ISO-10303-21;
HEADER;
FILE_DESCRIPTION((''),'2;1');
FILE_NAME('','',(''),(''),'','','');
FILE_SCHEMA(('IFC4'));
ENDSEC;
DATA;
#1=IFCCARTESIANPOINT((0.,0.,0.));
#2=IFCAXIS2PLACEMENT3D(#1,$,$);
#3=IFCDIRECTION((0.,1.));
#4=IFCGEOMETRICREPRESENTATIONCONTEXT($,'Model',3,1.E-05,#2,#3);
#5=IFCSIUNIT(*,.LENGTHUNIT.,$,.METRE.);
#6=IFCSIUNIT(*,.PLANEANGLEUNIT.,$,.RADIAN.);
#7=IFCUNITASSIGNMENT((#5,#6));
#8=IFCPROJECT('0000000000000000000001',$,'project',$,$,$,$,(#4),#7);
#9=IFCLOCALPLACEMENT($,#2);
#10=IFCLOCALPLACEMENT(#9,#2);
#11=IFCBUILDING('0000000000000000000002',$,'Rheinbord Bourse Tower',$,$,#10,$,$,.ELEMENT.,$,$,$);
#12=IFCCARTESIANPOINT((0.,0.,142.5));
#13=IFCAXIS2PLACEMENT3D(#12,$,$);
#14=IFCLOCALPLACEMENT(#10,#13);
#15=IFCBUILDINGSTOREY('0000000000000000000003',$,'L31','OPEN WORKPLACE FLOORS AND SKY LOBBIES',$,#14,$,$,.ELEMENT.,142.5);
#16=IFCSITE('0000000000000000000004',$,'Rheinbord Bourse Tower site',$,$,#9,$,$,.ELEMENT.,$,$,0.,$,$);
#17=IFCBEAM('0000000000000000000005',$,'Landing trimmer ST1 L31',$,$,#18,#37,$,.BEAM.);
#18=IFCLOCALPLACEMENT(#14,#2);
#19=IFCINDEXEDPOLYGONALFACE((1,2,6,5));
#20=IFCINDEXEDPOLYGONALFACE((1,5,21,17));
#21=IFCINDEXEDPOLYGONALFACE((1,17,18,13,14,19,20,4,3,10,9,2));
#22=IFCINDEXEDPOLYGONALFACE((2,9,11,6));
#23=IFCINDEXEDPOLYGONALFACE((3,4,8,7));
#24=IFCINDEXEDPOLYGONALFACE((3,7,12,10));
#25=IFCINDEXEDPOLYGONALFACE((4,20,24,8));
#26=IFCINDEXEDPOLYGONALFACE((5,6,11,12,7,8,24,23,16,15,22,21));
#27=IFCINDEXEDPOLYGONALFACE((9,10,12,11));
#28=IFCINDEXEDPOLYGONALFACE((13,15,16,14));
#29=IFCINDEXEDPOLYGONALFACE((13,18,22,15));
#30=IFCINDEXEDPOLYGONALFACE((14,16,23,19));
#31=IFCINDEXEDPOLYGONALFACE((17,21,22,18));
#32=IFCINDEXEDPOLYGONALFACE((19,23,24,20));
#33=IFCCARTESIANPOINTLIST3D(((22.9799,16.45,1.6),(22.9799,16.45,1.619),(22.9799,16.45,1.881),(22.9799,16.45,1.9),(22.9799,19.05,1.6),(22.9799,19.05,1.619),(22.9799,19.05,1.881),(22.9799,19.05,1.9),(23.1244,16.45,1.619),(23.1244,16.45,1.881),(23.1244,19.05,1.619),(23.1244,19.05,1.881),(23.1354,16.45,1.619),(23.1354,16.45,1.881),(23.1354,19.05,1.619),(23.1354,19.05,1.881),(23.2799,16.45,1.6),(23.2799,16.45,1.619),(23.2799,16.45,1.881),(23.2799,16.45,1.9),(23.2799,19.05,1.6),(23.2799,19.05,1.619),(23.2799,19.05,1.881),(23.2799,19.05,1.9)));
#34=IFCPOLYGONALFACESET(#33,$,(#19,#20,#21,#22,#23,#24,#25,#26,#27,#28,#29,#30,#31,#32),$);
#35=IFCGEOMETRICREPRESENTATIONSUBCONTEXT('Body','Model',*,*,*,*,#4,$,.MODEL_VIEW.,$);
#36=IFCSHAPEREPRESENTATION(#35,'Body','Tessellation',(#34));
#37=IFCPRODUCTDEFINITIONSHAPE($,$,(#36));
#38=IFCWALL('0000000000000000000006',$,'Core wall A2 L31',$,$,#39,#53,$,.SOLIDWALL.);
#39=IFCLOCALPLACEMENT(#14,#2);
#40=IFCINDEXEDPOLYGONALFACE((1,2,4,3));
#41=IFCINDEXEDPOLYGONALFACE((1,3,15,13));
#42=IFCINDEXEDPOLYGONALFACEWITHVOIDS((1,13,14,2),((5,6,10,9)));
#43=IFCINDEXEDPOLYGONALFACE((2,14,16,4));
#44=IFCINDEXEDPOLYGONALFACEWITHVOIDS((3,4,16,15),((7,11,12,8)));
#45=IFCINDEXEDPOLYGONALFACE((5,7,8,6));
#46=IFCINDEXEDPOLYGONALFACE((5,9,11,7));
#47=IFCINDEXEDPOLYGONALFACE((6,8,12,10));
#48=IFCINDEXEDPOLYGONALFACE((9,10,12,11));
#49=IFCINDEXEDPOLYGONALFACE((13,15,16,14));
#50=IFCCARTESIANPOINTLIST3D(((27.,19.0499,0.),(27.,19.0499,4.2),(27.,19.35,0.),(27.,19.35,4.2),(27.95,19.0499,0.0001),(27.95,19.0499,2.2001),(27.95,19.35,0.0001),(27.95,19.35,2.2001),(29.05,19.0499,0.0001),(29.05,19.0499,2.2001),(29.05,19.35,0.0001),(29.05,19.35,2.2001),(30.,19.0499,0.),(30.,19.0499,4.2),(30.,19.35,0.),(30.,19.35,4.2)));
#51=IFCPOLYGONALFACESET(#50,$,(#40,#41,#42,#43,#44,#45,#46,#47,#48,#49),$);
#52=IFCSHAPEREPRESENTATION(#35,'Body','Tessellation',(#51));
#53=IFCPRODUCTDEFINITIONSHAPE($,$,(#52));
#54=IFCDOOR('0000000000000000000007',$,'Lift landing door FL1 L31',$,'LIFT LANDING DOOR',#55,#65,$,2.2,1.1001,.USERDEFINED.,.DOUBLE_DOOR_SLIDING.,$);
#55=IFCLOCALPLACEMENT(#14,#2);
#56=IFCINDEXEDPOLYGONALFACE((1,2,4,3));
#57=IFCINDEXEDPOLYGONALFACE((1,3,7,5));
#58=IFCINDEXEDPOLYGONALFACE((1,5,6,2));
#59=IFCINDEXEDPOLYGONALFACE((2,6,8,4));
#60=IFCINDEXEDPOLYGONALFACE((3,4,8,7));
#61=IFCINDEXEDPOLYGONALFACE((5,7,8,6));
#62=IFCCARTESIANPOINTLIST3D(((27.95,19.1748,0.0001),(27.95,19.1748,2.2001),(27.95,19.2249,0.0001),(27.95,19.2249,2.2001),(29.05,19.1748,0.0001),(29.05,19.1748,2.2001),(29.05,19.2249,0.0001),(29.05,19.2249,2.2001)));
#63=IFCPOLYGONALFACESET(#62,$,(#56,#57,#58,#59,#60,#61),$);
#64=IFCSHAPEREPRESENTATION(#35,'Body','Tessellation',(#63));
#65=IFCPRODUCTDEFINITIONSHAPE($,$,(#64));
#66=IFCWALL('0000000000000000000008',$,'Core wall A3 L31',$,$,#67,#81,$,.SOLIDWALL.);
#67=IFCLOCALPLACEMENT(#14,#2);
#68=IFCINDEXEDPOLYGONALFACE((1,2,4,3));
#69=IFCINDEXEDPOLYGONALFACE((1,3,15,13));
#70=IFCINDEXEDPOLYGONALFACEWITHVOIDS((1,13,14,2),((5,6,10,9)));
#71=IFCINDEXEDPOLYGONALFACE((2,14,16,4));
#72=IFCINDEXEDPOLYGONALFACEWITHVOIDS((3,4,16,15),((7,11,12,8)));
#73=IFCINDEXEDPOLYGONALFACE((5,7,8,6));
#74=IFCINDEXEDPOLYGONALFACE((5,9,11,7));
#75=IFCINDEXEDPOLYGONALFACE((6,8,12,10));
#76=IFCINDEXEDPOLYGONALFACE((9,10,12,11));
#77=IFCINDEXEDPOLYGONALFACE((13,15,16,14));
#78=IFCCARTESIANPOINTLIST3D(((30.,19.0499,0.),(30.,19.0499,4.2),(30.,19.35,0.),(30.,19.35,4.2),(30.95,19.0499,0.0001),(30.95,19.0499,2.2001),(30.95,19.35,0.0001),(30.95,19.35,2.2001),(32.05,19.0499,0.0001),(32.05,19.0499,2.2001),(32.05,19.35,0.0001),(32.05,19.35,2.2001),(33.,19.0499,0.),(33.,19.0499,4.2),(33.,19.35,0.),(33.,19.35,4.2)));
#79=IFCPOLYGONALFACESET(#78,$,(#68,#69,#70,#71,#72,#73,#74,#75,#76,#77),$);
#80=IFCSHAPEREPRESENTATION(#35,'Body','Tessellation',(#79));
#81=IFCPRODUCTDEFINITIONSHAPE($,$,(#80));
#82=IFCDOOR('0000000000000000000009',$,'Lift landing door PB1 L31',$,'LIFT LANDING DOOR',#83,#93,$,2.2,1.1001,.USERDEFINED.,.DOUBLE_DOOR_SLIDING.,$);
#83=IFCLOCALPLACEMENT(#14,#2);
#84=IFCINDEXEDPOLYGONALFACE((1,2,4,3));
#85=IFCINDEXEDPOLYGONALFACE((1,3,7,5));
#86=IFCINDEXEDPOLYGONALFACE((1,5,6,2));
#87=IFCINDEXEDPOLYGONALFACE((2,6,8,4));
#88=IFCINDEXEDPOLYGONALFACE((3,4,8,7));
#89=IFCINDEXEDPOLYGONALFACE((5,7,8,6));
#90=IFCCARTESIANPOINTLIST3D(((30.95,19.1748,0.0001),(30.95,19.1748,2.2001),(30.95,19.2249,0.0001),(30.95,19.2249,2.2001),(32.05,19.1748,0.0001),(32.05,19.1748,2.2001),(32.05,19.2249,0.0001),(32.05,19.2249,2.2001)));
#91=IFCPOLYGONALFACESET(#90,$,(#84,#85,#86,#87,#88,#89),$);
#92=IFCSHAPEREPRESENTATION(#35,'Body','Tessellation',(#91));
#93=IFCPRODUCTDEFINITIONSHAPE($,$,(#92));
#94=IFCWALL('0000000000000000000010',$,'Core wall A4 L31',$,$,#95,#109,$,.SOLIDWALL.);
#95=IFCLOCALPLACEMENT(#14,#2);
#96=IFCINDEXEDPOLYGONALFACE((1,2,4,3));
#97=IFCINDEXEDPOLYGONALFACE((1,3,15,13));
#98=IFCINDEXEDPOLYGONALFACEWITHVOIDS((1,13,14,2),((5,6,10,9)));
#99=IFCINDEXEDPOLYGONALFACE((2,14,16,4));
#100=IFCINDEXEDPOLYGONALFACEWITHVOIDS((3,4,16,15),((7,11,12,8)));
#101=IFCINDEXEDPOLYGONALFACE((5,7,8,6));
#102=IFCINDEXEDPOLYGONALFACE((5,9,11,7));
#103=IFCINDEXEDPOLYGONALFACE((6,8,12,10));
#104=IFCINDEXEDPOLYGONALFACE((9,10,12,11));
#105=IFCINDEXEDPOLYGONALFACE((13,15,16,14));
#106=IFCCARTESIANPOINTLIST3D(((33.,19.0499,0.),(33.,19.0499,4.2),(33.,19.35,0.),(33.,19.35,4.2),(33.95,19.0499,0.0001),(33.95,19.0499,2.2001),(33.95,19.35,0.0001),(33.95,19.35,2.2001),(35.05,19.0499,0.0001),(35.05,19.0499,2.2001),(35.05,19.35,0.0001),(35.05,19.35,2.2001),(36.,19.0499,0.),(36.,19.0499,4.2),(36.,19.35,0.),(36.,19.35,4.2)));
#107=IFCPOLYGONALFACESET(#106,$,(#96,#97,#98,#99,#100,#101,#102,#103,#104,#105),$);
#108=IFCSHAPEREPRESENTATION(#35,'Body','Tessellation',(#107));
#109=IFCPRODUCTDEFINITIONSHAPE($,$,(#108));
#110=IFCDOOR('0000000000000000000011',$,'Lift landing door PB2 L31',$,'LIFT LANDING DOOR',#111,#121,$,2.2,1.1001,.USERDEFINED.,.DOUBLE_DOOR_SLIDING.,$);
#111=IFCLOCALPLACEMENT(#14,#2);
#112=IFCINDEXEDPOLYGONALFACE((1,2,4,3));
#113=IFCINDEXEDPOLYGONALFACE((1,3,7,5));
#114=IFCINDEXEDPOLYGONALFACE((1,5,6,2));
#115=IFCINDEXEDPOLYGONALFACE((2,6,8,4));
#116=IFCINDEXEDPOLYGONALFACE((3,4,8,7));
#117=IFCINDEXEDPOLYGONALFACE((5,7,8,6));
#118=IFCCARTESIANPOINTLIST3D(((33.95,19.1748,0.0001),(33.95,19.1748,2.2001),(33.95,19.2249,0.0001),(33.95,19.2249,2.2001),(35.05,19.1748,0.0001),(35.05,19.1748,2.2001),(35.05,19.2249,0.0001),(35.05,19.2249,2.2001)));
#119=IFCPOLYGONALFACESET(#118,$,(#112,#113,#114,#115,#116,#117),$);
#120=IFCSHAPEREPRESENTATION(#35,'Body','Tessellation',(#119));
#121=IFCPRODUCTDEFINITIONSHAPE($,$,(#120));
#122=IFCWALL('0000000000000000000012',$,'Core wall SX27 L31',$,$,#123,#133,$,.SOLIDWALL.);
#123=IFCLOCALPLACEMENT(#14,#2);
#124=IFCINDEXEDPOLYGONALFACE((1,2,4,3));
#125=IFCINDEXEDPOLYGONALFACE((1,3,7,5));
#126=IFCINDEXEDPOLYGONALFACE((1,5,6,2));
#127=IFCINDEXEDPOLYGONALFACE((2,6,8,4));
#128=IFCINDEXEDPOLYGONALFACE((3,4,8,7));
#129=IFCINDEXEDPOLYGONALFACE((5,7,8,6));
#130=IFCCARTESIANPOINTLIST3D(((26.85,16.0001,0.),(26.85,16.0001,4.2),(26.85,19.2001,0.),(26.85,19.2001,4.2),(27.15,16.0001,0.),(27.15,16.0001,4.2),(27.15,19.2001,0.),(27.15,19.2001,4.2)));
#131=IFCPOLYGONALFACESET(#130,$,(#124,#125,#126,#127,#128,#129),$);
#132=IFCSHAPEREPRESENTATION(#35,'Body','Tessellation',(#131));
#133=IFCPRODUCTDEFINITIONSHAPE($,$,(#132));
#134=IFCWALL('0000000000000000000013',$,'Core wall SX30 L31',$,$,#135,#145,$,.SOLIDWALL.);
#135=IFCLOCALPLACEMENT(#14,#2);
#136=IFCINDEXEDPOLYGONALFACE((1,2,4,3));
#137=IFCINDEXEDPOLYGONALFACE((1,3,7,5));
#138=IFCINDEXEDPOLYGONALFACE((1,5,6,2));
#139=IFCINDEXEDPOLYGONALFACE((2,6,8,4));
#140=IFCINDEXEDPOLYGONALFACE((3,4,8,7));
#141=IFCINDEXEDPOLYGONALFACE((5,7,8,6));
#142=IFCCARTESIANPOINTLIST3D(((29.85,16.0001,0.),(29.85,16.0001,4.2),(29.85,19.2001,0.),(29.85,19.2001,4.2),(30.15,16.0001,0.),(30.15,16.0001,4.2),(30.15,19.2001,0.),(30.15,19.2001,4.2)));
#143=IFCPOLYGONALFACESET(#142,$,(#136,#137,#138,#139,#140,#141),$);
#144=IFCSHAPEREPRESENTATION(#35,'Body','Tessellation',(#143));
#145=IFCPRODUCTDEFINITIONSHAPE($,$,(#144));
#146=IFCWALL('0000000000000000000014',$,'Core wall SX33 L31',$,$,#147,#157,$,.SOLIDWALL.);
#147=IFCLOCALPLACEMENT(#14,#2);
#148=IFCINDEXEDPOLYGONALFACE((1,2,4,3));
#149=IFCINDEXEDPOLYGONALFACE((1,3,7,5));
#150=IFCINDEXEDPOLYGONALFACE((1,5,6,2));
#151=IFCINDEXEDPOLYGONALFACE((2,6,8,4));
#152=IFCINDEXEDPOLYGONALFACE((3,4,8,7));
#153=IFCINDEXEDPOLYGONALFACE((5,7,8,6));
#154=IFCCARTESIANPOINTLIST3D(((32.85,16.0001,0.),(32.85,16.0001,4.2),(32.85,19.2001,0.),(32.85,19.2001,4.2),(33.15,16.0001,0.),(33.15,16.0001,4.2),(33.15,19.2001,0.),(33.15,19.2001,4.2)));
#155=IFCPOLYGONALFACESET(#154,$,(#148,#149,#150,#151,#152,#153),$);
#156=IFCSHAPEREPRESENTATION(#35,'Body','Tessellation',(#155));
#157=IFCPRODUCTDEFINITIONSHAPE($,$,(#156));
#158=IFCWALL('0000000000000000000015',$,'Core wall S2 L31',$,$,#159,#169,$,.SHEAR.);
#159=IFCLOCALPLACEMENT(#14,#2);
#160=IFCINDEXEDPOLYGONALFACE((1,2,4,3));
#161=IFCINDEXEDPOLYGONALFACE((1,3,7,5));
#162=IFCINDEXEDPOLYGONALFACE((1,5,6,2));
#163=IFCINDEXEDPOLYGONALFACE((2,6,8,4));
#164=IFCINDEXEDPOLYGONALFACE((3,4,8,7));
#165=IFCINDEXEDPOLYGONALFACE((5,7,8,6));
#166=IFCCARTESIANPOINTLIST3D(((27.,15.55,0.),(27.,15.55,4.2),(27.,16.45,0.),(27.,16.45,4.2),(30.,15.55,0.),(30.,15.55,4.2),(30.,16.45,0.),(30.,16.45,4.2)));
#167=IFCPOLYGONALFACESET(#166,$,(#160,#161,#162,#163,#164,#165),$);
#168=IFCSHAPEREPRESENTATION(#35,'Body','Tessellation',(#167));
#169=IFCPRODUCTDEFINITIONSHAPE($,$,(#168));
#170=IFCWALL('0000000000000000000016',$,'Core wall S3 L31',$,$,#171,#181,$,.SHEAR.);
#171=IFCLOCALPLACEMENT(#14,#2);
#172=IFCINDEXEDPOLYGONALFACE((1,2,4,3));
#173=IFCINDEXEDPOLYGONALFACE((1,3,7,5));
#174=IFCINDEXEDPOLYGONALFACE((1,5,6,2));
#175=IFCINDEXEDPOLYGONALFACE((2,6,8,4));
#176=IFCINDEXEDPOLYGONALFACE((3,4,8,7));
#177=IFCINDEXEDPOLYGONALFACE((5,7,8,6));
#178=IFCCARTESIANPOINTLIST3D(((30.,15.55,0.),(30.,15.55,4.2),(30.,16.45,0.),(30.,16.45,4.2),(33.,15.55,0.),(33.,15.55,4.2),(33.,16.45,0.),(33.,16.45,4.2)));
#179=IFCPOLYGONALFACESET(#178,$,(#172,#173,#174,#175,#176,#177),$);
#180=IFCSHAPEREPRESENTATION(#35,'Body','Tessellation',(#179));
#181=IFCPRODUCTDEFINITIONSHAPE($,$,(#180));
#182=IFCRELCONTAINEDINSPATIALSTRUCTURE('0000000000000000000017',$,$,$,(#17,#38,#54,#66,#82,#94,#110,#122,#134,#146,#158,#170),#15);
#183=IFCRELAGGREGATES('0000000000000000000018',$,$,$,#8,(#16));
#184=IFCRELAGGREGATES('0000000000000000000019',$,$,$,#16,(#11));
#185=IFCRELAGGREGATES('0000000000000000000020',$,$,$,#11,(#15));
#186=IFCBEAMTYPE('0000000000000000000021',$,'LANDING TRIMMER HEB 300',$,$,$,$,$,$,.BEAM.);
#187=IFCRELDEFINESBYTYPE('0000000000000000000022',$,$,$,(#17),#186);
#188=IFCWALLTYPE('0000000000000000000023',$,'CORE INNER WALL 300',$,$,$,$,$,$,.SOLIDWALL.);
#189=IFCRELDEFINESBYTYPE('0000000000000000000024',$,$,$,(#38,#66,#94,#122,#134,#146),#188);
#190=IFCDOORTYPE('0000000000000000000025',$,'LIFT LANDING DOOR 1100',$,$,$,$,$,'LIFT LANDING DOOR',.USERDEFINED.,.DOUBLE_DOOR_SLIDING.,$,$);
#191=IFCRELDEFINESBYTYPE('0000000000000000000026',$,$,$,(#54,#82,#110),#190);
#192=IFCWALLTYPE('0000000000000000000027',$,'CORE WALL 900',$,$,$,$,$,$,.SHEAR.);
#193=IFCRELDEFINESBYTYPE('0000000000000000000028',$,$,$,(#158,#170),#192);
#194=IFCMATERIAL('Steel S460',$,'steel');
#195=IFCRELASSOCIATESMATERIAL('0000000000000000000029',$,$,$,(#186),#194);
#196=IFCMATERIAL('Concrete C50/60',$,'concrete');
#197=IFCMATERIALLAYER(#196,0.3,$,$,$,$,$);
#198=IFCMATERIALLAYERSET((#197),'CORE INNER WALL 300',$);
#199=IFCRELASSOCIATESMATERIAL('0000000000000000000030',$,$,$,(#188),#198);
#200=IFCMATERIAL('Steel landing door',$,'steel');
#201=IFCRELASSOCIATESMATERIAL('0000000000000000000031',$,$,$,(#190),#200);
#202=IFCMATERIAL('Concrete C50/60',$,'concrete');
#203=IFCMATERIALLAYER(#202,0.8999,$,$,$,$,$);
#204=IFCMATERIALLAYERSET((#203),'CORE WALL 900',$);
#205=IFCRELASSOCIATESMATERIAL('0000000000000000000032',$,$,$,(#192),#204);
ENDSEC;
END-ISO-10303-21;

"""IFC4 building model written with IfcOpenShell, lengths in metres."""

from ifc_helpers import new_model, si_unit, direction, frame, frame_2d, origin, origin_2d, place, context, subcontext, project, spatial, rectangle, i_section, extrude, material, layer, layer_set, material_profile, profile_set, type_object, element, fill, save


model = new_model("IFC4")

# Units and contexts
model_context = context("Model", 3, precision=1e-05, world=origin(), true_north=direction((0.0, 1.0)))
body_context = subcontext(model_context, "Body", "Model", "MODEL_VIEW")
ifc_project = project(units=[si_unit("LENGTHUNIT", "METRE"), si_unit("PLANEANGLEUNIT", "RADIAN")], contexts=[model_context])

# Site, building, storey
site_placement = place(None, origin())
site = spatial("IfcSite", under=ifc_project, at=site_placement, Name="Rheinbord Bourse Tower site", CompositionType="ELEMENT", RefElevation=0.0)
building_placement = place(site_placement, origin())
building = spatial("IfcBuilding", under=site, at=building_placement, Name="Rheinbord Bourse Tower", CompositionType="ELEMENT")
storey_placement = place(building_placement, frame((0.0, 0.0, 142.5)))
storey = spatial("IfcBuildingStorey", under=building, at=storey_placement, Name="L31", Description="OPEN WORKPLACE FLOORS AND SKY LOBBIES", CompositionType="ELEMENT", Elevation=142.5)

# Beam
ifc_material_1 = material(Name="Steel S460", Category="steel")
ifc_material_profile = material_profile(ifc_material_1, i_section(OverallWidth=0.3, OverallDepth=0.3, WebThickness=0.011, FlangeThickness=0.019, at=origin_2d()), Name="HEB 300")
ifc_profile_set = profile_set([ifc_material_profile], Name="Steel S460")
beam_type = type_object("IfcBeamType", Name="LANDING TRIMMER HEB 300", PredefinedType="BEAM", material=ifc_profile_set)
beam_placement = place(storey_placement, frame((23.1299, 16.45, 1.75), z_axis=(0.0, 1.0, 0.0), x_axis=(-1.0, 0.0, 0.0)))
element("IfcBeam", 1, at=beam_placement, inside=storey, type_object=beam_type, Name="Landing trimmer ST1 L31", PredefinedType="BEAM", context=body_context, shape_type="SweptSolid", body=[
    extrude(i_section(OverallWidth=0.3, OverallDepth=0.3, WebThickness=0.011, FlangeThickness=0.019, at=origin_2d()), origin(), (0.0, 0.0, 1.0), 2.6001),
])

# Walls, openings, doors
ifc_material_2 = material(Name="Concrete C50/60", Category="concrete")
ifc_layer_1 = layer(ifc_material_2, 0.3)
ifc_layer_set_1 = layer_set([ifc_layer_1], Name="CORE INNER WALL 300")
wall_type_1 = type_object("IfcWallType", Name="CORE INNER WALL 300", PredefinedType="SOLIDWALL", material=ifc_layer_set_1)
wall_1_placement = place(storey_placement, frame((27.0, 19.2, 0.0), z_axis=(0.0, 0.0, 1.0), x_axis=(1.0, 0.0, 0.0)))
wall_1 = element("IfcWall", 2, at=wall_1_placement, inside=storey, type_object=wall_type_1, Name="Core wall A2 L31", PredefinedType="SOLIDWALL", context=body_context, shape_type="SweptSolid", body=[
    extrude(rectangle(XDim=3.0, YDim=0.3, at=frame_2d((1.5, 0.0))), origin(), (0.0, 0.0, 1.0), 4.2),
])
opening_1_placement = place(wall_1_placement, frame((0.95, 0.0, 0.0)))
opening_1 = element("IfcOpeningElement", 3, at=opening_1_placement, cuts=wall_1, PredefinedType="OPENING", context=body_context, shape_type="SweptSolid", body=[
    extrude(rectangle(XDim=1.1001, YDim=2.2, at=frame_2d((0.55, 1.1001))), frame((0.0, 0.1599, 0.0), z_axis=(0.0, -1.0, 0.0), x_axis=(1.0, 0.0, 0.0)), (0.0, 0.0, 1.0), 0.3201),
])
ifc_material_3 = material(Name="Steel landing door", Category="steel")
door_type_1 = type_object("IfcDoorType", Name="LIFT LANDING DOOR 1100", ElementType="LIFT LANDING DOOR", OperationType="DOUBLE_DOOR_SLIDING", PredefinedType="USERDEFINED", material=ifc_material_3)
door_1_placement = place(opening_1_placement, origin())
door_1 = element("IfcDoor", 4, at=door_1_placement, inside=storey, type_object=door_type_1, Name="Lift landing door FL1 L31", ObjectType="LIFT LANDING DOOR", OperationType="DOUBLE_DOOR_SLIDING", OverallHeight=2.2, OverallWidth=1.1001, PredefinedType="USERDEFINED", context=body_context, shape_type="SweptSolid", body=[
    extrude(rectangle(XDim=1.1001, YDim=2.2, at=frame_2d((0.55, 1.1001))), frame((0.0, 0.0249, 0.0), z_axis=(0.0, -1.0, 0.0), x_axis=(1.0, 0.0, 0.0)), (0.0, 0.0, 1.0), 0.05),
])
fill(opening_1, door_1)
wall_2_placement = place(storey_placement, frame((30.0, 19.2, 0.0), z_axis=(0.0, 0.0, 1.0), x_axis=(1.0, 0.0, 0.0)))
wall_2 = element("IfcWall", 5, at=wall_2_placement, inside=storey, type_object=wall_type_1, Name="Core wall A3 L31", PredefinedType="SOLIDWALL", context=body_context, shape_type="SweptSolid", body=[
    extrude(rectangle(XDim=3.0, YDim=0.3, at=frame_2d((1.5, 0.0))), origin(), (0.0, 0.0, 1.0), 4.2),
])
opening_2_placement = place(wall_2_placement, frame((0.95, 0.0, 0.0)))
opening_2 = element("IfcOpeningElement", 6, at=opening_2_placement, cuts=wall_2, PredefinedType="OPENING", context=body_context, shape_type="SweptSolid", body=[
    extrude(rectangle(XDim=1.1001, YDim=2.2, at=frame_2d((0.55, 1.1001))), frame((0.0, 0.1599, 0.0), z_axis=(0.0, -1.0, 0.0), x_axis=(1.0, 0.0, 0.0)), (0.0, 0.0, 1.0), 0.3201),
])
door_2_placement = place(opening_2_placement, origin())
door_2 = element("IfcDoor", 7, at=door_2_placement, inside=storey, type_object=door_type_1, Name="Lift landing door PB1 L31", ObjectType="LIFT LANDING DOOR", OperationType="DOUBLE_DOOR_SLIDING", OverallHeight=2.2, OverallWidth=1.1001, PredefinedType="USERDEFINED", context=body_context, shape_type="SweptSolid", body=[
    extrude(rectangle(XDim=1.1001, YDim=2.2, at=frame_2d((0.55, 1.1001))), frame((0.0, 0.0249, 0.0), z_axis=(0.0, -1.0, 0.0), x_axis=(1.0, 0.0, 0.0)), (0.0, 0.0, 1.0), 0.05),
])
fill(opening_2, door_2)
wall_3_placement = place(storey_placement, frame((33.0, 19.2, 0.0), z_axis=(0.0, 0.0, 1.0), x_axis=(1.0, 0.0, 0.0)))
wall_3 = element("IfcWall", 8, at=wall_3_placement, inside=storey, type_object=wall_type_1, Name="Core wall A4 L31", PredefinedType="SOLIDWALL", context=body_context, shape_type="SweptSolid", body=[
    extrude(rectangle(XDim=3.0, YDim=0.3, at=frame_2d((1.5, 0.0))), origin(), (0.0, 0.0, 1.0), 4.2),
])
opening_3_placement = place(wall_3_placement, frame((0.95, 0.0, 0.0)))
opening_3 = element("IfcOpeningElement", 9, at=opening_3_placement, cuts=wall_3, PredefinedType="OPENING", context=body_context, shape_type="SweptSolid", body=[
    extrude(rectangle(XDim=1.1001, YDim=2.2, at=frame_2d((0.55, 1.1001))), frame((0.0, 0.1599, 0.0), z_axis=(0.0, -1.0, 0.0), x_axis=(1.0, 0.0, 0.0)), (0.0, 0.0, 1.0), 0.3201),
])
door_3_placement = place(opening_3_placement, origin())
door_3 = element("IfcDoor", 10, at=door_3_placement, inside=storey, type_object=door_type_1, Name="Lift landing door PB2 L31", ObjectType="LIFT LANDING DOOR", OperationType="DOUBLE_DOOR_SLIDING", OverallHeight=2.2, OverallWidth=1.1001, PredefinedType="USERDEFINED", context=body_context, shape_type="SweptSolid", body=[
    extrude(rectangle(XDim=1.1001, YDim=2.2, at=frame_2d((0.55, 1.1001))), frame((0.0, 0.0249, 0.0), z_axis=(0.0, -1.0, 0.0), x_axis=(1.0, 0.0, 0.0)), (0.0, 0.0, 1.0), 0.05),
])
fill(opening_3, door_3)

# Walls
for number, where, z_axis, x_axis, name in (
    (11, (27.0, 16.0, 0.0), (0.0, 0.0, 1.0), (0.0, 1.0, 0.0), "Core wall SX27 L31"),
    (12, (30.0, 16.0, 0.0), (0.0, 0.0, 1.0), (0.0, 1.0, 0.0), "Core wall SX30 L31"),
    (13, (33.0, 16.0, 0.0), (0.0, 0.0, 1.0), (0.0, 1.0, 0.0), "Core wall SX33 L31"),
):
    element("IfcWall", number, at=place(storey_placement, frame(where, z_axis=z_axis, x_axis=x_axis)), inside=storey, type_object=wall_type_1, Name=name, PredefinedType="SOLIDWALL", context=body_context, shape_type="SweptSolid", body=[
        extrude(rectangle(XDim=3.2, YDim=0.3, at=frame_2d((1.6001, 0.0))), origin(), (0.0, 0.0, 1.0), 4.2),
    ])
ifc_material_4 = material(Name="Concrete C50/60", Category="concrete")
ifc_layer_2 = layer(ifc_material_4, 0.8999)
ifc_layer_set_2 = layer_set([ifc_layer_2], Name="CORE WALL 900")
wall_type_2 = type_object("IfcWallType", Name="CORE WALL 900", PredefinedType="SHEAR", material=ifc_layer_set_2)
for number, where, z_axis, x_axis, name in (
    (14, (27.0, 16.0, 0.0), (0.0, 0.0, 1.0), (1.0, 0.0, 0.0), "Core wall S2 L31"),
    (15, (30.0, 16.0, 0.0), (0.0, 0.0, 1.0), (1.0, 0.0, 0.0), "Core wall S3 L31"),
):
    element("IfcWall", number, at=place(storey_placement, frame(where, z_axis=z_axis, x_axis=x_axis)), inside=storey, type_object=wall_type_2, Name=name, PredefinedType="SHEAR", context=body_context, shape_type="SweptSolid", body=[
        extrude(rectangle(XDim=3.0, YDim=0.8999, at=frame_2d((1.5, 0.0))), origin(), (0.0, 0.0, 1.0), 4.2),
    ])

save(model, "model.ifc")
